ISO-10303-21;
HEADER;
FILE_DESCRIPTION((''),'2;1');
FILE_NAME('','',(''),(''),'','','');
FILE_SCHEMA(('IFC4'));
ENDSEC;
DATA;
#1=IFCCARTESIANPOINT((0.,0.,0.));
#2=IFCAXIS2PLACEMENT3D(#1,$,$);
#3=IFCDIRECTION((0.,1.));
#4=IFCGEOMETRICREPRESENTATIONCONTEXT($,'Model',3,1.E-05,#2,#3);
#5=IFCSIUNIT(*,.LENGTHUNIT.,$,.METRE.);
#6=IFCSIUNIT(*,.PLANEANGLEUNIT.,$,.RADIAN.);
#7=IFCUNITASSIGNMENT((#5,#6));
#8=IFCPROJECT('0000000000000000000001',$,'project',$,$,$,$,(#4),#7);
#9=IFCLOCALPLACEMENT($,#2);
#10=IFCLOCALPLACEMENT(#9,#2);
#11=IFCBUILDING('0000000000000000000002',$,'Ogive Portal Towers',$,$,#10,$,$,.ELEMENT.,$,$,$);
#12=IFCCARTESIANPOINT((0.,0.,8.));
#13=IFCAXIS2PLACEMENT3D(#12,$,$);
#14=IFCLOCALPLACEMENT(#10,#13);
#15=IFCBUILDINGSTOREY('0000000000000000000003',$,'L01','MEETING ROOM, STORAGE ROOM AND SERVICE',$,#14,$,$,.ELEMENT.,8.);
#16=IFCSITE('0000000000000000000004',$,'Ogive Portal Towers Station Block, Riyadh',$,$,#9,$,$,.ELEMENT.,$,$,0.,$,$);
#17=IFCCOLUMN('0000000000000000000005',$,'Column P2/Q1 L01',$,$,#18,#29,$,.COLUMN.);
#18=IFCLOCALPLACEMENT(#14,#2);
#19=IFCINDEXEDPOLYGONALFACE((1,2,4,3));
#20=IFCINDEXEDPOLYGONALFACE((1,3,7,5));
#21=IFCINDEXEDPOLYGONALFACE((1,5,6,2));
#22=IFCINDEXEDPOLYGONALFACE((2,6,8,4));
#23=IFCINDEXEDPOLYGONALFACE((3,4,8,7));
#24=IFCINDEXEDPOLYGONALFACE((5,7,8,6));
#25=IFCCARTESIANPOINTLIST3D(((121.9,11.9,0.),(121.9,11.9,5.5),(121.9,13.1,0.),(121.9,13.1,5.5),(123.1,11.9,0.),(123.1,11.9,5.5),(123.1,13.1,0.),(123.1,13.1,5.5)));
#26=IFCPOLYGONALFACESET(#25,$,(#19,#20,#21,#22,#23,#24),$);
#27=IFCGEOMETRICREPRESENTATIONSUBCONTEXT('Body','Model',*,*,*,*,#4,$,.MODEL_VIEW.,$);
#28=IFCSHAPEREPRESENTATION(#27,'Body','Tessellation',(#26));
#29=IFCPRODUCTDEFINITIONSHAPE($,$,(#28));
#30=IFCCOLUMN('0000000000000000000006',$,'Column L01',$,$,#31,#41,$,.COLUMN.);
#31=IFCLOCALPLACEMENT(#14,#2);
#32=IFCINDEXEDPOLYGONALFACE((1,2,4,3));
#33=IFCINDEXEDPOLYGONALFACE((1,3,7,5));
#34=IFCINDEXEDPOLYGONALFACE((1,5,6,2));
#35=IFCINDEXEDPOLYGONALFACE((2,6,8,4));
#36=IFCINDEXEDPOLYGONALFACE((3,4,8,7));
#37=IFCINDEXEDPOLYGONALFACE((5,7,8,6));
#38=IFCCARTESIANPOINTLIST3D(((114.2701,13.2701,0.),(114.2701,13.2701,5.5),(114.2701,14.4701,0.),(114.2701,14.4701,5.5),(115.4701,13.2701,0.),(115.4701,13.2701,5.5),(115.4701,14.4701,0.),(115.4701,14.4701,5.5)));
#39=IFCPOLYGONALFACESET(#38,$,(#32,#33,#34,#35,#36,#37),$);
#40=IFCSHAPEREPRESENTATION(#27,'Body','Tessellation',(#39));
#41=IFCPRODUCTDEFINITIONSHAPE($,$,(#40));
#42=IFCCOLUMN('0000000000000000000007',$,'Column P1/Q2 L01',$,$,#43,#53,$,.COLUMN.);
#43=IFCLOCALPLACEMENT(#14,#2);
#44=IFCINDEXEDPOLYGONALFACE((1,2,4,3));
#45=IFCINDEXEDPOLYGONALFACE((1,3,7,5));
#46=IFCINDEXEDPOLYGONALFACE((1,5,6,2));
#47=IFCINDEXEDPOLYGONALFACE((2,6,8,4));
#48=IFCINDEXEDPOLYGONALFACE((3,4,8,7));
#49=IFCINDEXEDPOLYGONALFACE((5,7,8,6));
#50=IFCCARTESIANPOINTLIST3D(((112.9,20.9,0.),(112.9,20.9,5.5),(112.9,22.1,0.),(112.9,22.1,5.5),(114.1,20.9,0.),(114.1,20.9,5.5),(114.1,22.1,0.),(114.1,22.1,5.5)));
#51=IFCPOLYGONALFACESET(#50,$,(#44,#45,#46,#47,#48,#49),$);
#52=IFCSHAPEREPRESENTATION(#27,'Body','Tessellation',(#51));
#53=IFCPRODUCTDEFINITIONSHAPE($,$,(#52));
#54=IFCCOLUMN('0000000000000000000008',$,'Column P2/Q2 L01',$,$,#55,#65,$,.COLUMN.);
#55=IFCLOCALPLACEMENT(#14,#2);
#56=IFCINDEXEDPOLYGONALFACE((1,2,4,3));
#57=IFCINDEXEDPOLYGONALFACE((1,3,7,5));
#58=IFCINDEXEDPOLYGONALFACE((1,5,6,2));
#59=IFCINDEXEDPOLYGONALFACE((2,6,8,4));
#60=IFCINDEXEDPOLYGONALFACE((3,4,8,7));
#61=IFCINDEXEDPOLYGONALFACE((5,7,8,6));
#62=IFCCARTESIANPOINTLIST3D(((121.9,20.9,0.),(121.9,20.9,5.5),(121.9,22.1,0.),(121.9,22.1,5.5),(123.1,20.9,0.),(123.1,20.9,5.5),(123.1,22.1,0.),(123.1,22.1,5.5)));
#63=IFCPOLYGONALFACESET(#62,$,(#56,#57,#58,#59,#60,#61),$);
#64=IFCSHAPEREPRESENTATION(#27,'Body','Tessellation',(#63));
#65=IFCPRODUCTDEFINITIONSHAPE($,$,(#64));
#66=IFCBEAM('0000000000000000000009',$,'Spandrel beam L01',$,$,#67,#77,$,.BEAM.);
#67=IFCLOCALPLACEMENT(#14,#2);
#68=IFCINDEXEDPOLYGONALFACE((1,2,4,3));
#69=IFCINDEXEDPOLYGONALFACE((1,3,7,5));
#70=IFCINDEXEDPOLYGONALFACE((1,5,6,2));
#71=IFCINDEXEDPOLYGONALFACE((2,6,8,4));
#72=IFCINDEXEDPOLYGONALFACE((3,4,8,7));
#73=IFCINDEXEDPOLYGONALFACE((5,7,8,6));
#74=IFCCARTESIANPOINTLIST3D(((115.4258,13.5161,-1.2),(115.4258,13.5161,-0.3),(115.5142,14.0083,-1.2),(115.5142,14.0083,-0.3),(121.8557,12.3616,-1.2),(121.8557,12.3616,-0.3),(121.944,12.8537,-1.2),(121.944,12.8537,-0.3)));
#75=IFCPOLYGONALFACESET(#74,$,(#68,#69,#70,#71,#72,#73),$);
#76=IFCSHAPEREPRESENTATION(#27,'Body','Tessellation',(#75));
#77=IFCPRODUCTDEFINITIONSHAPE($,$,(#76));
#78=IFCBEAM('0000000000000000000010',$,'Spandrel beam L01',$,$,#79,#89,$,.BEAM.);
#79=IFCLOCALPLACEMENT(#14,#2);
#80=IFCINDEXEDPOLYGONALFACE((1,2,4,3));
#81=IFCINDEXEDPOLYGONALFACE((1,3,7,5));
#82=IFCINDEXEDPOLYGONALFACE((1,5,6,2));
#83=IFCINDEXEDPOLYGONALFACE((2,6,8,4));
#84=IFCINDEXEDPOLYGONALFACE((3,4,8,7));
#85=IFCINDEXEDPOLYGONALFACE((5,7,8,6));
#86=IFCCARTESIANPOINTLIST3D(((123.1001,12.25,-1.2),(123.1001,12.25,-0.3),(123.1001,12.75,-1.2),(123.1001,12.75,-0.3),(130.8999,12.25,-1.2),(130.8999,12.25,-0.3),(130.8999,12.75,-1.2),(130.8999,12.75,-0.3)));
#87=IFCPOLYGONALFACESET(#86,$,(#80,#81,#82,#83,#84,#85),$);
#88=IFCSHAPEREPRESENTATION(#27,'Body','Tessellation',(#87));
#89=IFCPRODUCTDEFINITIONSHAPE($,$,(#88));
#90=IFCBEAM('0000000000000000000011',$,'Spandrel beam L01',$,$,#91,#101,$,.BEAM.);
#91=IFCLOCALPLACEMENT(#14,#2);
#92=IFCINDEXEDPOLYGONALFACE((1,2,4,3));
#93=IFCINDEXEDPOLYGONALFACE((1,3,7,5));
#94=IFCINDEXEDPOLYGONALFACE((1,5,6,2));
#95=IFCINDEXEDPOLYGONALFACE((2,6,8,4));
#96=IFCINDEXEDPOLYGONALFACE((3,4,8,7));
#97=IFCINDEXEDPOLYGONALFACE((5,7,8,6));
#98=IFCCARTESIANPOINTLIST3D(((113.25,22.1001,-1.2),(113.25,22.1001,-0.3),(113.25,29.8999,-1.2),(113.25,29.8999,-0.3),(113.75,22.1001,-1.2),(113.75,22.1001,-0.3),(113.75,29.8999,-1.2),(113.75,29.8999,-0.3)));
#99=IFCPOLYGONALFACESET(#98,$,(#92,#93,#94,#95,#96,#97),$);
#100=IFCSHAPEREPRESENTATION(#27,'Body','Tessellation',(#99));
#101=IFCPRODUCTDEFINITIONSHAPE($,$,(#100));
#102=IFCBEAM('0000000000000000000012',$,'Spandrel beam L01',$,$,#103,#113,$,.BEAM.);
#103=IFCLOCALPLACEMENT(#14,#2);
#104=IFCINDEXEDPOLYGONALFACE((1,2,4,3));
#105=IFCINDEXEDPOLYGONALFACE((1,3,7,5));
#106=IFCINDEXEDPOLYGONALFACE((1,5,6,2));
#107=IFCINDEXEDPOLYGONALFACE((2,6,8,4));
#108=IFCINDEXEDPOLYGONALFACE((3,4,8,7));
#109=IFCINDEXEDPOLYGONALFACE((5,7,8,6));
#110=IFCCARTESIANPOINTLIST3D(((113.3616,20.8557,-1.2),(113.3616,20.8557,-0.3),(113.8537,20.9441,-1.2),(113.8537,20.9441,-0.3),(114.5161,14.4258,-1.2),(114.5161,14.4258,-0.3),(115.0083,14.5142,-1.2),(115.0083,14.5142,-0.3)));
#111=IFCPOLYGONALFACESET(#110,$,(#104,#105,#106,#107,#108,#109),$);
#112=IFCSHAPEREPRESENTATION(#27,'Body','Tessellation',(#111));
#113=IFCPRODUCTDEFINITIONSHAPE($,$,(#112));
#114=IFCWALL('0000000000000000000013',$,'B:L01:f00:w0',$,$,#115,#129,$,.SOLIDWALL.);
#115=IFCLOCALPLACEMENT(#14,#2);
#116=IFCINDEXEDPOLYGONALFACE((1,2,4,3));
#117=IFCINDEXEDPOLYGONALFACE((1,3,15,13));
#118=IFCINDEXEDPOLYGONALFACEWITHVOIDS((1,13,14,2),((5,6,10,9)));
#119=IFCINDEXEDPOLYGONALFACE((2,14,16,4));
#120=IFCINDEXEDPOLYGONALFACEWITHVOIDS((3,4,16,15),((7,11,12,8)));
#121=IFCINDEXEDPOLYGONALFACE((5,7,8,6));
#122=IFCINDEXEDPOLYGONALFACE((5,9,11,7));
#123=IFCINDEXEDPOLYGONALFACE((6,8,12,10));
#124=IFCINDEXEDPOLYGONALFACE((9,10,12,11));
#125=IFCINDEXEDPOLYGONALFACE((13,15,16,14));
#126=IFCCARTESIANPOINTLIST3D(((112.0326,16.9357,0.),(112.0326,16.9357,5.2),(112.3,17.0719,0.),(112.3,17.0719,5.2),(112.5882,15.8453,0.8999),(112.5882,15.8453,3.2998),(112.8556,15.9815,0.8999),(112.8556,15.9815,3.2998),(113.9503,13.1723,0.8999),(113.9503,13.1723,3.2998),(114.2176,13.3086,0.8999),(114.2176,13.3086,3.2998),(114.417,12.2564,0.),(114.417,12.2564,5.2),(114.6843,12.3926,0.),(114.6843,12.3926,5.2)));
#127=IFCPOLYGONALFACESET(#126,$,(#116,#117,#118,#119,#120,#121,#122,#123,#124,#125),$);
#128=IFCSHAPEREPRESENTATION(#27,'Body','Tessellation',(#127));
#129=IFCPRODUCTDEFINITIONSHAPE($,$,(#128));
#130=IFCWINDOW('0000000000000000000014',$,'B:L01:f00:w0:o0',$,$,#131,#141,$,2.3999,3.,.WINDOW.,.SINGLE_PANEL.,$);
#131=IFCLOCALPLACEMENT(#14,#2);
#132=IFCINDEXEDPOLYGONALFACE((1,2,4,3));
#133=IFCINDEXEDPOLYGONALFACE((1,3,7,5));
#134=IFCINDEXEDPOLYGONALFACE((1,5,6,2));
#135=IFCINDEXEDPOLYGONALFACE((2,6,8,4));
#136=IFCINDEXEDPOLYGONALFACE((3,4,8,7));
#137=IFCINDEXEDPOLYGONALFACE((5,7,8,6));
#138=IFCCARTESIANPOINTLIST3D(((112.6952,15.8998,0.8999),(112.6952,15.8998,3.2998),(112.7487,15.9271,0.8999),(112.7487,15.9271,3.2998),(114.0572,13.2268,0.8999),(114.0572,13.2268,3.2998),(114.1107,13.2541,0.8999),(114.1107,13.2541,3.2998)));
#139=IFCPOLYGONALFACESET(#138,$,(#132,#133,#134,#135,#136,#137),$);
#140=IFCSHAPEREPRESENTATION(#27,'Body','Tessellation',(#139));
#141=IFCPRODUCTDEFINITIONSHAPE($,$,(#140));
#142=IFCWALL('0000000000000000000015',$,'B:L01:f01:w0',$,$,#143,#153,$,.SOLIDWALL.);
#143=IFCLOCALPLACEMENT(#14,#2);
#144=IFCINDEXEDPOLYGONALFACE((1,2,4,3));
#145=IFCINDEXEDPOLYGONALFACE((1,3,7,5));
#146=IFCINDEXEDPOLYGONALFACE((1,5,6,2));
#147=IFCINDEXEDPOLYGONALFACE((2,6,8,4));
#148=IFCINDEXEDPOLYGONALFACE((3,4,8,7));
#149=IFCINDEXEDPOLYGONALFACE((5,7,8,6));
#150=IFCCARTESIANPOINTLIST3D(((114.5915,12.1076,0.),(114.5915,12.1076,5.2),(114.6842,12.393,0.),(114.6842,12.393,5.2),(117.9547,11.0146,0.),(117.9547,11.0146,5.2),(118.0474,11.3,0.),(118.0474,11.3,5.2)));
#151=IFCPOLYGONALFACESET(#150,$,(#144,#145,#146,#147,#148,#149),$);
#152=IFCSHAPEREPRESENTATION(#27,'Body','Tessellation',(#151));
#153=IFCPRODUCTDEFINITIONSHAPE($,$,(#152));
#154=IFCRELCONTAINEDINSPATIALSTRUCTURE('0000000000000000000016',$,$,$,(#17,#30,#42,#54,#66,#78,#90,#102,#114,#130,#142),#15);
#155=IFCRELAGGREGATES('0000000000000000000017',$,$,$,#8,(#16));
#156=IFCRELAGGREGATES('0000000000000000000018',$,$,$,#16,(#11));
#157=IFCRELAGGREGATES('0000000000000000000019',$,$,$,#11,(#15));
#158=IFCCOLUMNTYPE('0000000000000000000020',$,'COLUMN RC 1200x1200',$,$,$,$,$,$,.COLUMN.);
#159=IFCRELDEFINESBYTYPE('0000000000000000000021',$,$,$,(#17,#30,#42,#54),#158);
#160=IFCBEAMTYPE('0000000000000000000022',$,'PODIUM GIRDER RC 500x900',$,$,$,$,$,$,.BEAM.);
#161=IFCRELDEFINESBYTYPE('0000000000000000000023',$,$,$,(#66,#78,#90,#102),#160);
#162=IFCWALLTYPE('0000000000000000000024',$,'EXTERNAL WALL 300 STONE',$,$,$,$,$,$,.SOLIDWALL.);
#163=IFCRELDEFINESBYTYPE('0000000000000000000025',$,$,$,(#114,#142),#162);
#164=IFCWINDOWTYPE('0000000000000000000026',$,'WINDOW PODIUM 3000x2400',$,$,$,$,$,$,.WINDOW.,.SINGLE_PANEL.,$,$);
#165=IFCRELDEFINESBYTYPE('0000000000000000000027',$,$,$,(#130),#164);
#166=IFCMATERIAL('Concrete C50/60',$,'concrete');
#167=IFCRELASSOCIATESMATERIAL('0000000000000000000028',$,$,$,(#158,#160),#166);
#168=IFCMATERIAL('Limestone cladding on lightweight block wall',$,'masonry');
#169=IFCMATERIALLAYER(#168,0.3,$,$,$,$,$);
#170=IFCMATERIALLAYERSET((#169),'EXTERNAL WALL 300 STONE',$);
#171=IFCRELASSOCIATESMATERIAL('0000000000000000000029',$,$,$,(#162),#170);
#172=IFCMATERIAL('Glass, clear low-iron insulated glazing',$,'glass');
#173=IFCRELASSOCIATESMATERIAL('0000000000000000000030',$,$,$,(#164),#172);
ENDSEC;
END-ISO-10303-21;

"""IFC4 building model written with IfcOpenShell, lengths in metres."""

from ifc_helpers import new_model, si_unit, direction, frame, frame_2d, origin, origin_2d, place, context, subcontext, project, spatial, rectangle, extrude, material, layer, layer_set, material_profile, profile_set, type_object, element, fill, save


model = new_model("IFC4")

# Units and contexts
model_context = context("Model", 3, precision=1e-05, world=origin(), true_north=direction((0.0, 1.0)))
body_context = subcontext(model_context, "Body", "Model", "MODEL_VIEW")
ifc_project = project(units=[si_unit("LENGTHUNIT", "METRE"), si_unit("PLANEANGLEUNIT", "RADIAN")], contexts=[model_context])

# Site, building, storey
site_placement = place(None, origin())
site = spatial("IfcSite", under=ifc_project, at=site_placement, Name="Ogive Portal Towers Station Block, Riyadh", CompositionType="ELEMENT", RefElevation=0.0)
building_placement = place(site_placement, origin())
building = spatial("IfcBuilding", under=site, at=building_placement, Name="Ogive Portal Towers", CompositionType="ELEMENT")
storey_placement = place(building_placement, frame((0.0, 0.0, 8.0)))
storey = spatial("IfcBuildingStorey", under=building, at=storey_placement, Name="L01", Description="MEETING ROOM, STORAGE ROOM AND SERVICE", CompositionType="ELEMENT", Elevation=8.0)

# Columns
ifc_material_1 = material(Name="Concrete C50/60", Category="concrete")
ifc_material_profile_1 = material_profile(ifc_material_1, rectangle(XDim=1.2, YDim=1.2, at=origin_2d()), Name="RC 1200x1200")
ifc_profile_set_1 = profile_set([ifc_material_profile_1], Name="Concrete C50/60")
column_type = type_object("IfcColumnType", Name="COLUMN RC 1200x1200", PredefinedType="COLUMN", material=ifc_profile_set_1)
for number, where, z_axis, x_axis, name in (
    (1, (122.5, 12.5, 0.0), (0.0, 0.0, 1.0), (1.0, 0.0, 0.0), "Column P2/Q1 L01"),
    (2, (114.8701, 13.8701, 0.0), (0.0, 0.0, 1.0), (1.0, 0.0, 0.0), "Column L01"),
    (3, (113.5, 21.5, 0.0), (0.0, 0.0, 1.0), (1.0, 0.0, 0.0), "Column P1/Q2 L01"),
    (4, (122.5, 21.5, 0.0), (0.0, 0.0, 1.0), (1.0, 0.0, 0.0), "Column P2/Q2 L01"),
):
    element("IfcColumn", number, at=place(storey_placement, frame(where, z_axis=z_axis, x_axis=x_axis)), inside=storey, type_object=column_type, Name=name, PredefinedType="COLUMN", context=body_context, shape_type="SweptSolid", body=[
        extrude(rectangle(XDim=1.2, YDim=1.2, at=origin_2d()), origin(), (0.0, 0.0, 1.0), 5.5),
    ])

# Beams
ifc_material_profile_2 = material_profile(ifc_material_1, rectangle(XDim=0.5, YDim=0.8999, at=origin_2d()), Name="RC 500x900")
ifc_profile_set_2 = profile_set([ifc_material_profile_2], Name="Concrete C50/60")
beam_type = type_object("IfcBeamType", Name="PODIUM GIRDER RC 500x900", PredefinedType="BEAM", material=ifc_profile_set_2)
beam_1_placement = place(storey_placement, frame((115.47, 13.7622, -0.75), z_axis=(0.984259, -0.176731, 0.0), x_axis=(0.176731, 0.984259, 0.0)))
element("IfcBeam", 5, at=beam_1_placement, inside=storey, type_object=beam_type, Name="Spandrel beam L01", PredefinedType="BEAM", context=body_context, shape_type="SweptSolid", body=[
    extrude(rectangle(XDim=0.5, YDim=0.8999, at=origin_2d()), origin(), (0.0, 0.0, 1.0), 6.5327),
])
for number, where, z_axis, x_axis, name in (
    (6, (123.1001, 12.5, -0.75), (1.0, 0.0, 0.0), (0.0, 1.0, 0.0), "Spandrel beam L01"),
    (7, (113.5, 29.8999, -0.75), (0.0, -1.0, 0.0), (1.0, 0.0, 0.0), "Spandrel beam L01"),
):
    element("IfcBeam", number, at=place(storey_placement, frame(where, z_axis=z_axis, x_axis=x_axis)), inside=storey, type_object=beam_type, Name=name, PredefinedType="BEAM", context=body_context, shape_type="SweptSolid", body=[
        extrude(rectangle(XDim=0.5, YDim=0.8999, at=origin_2d()), origin(), (0.0, 0.0, 1.0), 7.7998),
    ])
beam_2_placement = place(storey_placement, frame((113.6077, 20.8999, -0.75), z_axis=(0.176731, -0.984259, 0.0), x_axis=(0.984259, 0.176731, 0.0)))
element("IfcBeam", 8, at=beam_2_placement, inside=storey, type_object=beam_type, Name="Spandrel beam L01", PredefinedType="BEAM", context=body_context, shape_type="SweptSolid", body=[
    extrude(rectangle(XDim=0.5, YDim=0.8999, at=origin_2d()), origin(), (0.0, 0.0, 1.0), 6.5327),
])

# Wall, opening, window
ifc_material_2 = material(Name="Limestone cladding on lightweight block wall", Category="masonry")
ifc_layer_1 = layer(ifc_material_2, 0.3)
ifc_layer_set_1 = layer_set([ifc_layer_1], Name="EXTERNAL WALL 300 STONE")
wall_type = type_object("IfcWallType", Name="EXTERNAL WALL 300 STONE", PredefinedType="SOLIDWALL", material=ifc_layer_set_1)
wall_1_placement = place(storey_placement, frame((112.1663, 17.0039, 0.0), z_axis=(0.0, 0.0, 1.0), x_axis=(0.454007, -0.890998, 0.0)))
wall_1 = element("IfcWall", 9, at=wall_1_placement, inside=storey, type_object=wall_type, Name="B:L01:f00:w0", PredefinedType="SOLIDWALL", context=body_context, shape_type="SweptSolid", body=[
    extrude(rectangle(XDim=5.2517, YDim=0.3, at=frame_2d((2.626, 0.0))), origin(), (0.0, 0.0, 1.0), 5.2),
])
opening_1_placement = place(wall_1_placement, frame((1.2239, 0.0, 0.8999)))
opening_1 = element("IfcOpeningElement", 10, at=opening_1_placement, cuts=wall_1, PredefinedType="OPENING", context=body_context, shape_type="SweptSolid", body=[
    extrude(rectangle(XDim=3.0, YDim=2.3999, at=frame_2d((1.5, 1.2))), frame((0.0, 0.1602, 0.0), z_axis=(0.0, -1.0, 0.0), x_axis=(1.0, 0.0, 0.0)), (0.0, 0.0, 1.0), 0.3201),
])
ifc_material_3 = material(Name="Glass, clear low-iron insulated glazing", Category="glass")
window_type = type_object("IfcWindowType", Name="WINDOW PODIUM 3000x2400", PartitioningType="SINGLE_PANEL", PredefinedType="WINDOW", material=ifc_material_3)
window_1_placement = place(opening_1_placement, origin())
window_1 = element("IfcWindow", 11, at=window_1_placement, inside=storey, type_object=window_type, Name="B:L01:f00:w0:o0", OverallHeight=2.3999, OverallWidth=3.0, PartitioningType="SINGLE_PANEL", PredefinedType="WINDOW", context=body_context, shape_type="SweptSolid", body=[
    extrude(rectangle(XDim=3.0, YDim=2.3999, at=frame_2d((1.5, 1.2))), frame((0.0, 0.03, 0.0), z_axis=(0.0, -1.0, 0.0), x_axis=(1.0, 0.0, 0.0)), (0.0, 0.0, 1.0), 0.0601),
])
fill(opening_1, window_1)

# Wall
wall_2_placement = place(storey_placement, frame((114.6379, 12.2502, 0.0), z_axis=(0.0, 0.0, 1.0), x_axis=(0.951038, -0.309074, 0.0)))
element("IfcWall", 12, at=wall_2_placement, inside=storey, type_object=wall_type, Name="B:L01:f01:w0", PredefinedType="SOLIDWALL", context=body_context, shape_type="SweptSolid", body=[
    extrude(rectangle(XDim=3.5364, YDim=0.3, at=frame_2d((1.7681, 0.0))), origin(), (0.0, 0.0, 1.0), 5.2),
])

save(model, "model.ifc")
